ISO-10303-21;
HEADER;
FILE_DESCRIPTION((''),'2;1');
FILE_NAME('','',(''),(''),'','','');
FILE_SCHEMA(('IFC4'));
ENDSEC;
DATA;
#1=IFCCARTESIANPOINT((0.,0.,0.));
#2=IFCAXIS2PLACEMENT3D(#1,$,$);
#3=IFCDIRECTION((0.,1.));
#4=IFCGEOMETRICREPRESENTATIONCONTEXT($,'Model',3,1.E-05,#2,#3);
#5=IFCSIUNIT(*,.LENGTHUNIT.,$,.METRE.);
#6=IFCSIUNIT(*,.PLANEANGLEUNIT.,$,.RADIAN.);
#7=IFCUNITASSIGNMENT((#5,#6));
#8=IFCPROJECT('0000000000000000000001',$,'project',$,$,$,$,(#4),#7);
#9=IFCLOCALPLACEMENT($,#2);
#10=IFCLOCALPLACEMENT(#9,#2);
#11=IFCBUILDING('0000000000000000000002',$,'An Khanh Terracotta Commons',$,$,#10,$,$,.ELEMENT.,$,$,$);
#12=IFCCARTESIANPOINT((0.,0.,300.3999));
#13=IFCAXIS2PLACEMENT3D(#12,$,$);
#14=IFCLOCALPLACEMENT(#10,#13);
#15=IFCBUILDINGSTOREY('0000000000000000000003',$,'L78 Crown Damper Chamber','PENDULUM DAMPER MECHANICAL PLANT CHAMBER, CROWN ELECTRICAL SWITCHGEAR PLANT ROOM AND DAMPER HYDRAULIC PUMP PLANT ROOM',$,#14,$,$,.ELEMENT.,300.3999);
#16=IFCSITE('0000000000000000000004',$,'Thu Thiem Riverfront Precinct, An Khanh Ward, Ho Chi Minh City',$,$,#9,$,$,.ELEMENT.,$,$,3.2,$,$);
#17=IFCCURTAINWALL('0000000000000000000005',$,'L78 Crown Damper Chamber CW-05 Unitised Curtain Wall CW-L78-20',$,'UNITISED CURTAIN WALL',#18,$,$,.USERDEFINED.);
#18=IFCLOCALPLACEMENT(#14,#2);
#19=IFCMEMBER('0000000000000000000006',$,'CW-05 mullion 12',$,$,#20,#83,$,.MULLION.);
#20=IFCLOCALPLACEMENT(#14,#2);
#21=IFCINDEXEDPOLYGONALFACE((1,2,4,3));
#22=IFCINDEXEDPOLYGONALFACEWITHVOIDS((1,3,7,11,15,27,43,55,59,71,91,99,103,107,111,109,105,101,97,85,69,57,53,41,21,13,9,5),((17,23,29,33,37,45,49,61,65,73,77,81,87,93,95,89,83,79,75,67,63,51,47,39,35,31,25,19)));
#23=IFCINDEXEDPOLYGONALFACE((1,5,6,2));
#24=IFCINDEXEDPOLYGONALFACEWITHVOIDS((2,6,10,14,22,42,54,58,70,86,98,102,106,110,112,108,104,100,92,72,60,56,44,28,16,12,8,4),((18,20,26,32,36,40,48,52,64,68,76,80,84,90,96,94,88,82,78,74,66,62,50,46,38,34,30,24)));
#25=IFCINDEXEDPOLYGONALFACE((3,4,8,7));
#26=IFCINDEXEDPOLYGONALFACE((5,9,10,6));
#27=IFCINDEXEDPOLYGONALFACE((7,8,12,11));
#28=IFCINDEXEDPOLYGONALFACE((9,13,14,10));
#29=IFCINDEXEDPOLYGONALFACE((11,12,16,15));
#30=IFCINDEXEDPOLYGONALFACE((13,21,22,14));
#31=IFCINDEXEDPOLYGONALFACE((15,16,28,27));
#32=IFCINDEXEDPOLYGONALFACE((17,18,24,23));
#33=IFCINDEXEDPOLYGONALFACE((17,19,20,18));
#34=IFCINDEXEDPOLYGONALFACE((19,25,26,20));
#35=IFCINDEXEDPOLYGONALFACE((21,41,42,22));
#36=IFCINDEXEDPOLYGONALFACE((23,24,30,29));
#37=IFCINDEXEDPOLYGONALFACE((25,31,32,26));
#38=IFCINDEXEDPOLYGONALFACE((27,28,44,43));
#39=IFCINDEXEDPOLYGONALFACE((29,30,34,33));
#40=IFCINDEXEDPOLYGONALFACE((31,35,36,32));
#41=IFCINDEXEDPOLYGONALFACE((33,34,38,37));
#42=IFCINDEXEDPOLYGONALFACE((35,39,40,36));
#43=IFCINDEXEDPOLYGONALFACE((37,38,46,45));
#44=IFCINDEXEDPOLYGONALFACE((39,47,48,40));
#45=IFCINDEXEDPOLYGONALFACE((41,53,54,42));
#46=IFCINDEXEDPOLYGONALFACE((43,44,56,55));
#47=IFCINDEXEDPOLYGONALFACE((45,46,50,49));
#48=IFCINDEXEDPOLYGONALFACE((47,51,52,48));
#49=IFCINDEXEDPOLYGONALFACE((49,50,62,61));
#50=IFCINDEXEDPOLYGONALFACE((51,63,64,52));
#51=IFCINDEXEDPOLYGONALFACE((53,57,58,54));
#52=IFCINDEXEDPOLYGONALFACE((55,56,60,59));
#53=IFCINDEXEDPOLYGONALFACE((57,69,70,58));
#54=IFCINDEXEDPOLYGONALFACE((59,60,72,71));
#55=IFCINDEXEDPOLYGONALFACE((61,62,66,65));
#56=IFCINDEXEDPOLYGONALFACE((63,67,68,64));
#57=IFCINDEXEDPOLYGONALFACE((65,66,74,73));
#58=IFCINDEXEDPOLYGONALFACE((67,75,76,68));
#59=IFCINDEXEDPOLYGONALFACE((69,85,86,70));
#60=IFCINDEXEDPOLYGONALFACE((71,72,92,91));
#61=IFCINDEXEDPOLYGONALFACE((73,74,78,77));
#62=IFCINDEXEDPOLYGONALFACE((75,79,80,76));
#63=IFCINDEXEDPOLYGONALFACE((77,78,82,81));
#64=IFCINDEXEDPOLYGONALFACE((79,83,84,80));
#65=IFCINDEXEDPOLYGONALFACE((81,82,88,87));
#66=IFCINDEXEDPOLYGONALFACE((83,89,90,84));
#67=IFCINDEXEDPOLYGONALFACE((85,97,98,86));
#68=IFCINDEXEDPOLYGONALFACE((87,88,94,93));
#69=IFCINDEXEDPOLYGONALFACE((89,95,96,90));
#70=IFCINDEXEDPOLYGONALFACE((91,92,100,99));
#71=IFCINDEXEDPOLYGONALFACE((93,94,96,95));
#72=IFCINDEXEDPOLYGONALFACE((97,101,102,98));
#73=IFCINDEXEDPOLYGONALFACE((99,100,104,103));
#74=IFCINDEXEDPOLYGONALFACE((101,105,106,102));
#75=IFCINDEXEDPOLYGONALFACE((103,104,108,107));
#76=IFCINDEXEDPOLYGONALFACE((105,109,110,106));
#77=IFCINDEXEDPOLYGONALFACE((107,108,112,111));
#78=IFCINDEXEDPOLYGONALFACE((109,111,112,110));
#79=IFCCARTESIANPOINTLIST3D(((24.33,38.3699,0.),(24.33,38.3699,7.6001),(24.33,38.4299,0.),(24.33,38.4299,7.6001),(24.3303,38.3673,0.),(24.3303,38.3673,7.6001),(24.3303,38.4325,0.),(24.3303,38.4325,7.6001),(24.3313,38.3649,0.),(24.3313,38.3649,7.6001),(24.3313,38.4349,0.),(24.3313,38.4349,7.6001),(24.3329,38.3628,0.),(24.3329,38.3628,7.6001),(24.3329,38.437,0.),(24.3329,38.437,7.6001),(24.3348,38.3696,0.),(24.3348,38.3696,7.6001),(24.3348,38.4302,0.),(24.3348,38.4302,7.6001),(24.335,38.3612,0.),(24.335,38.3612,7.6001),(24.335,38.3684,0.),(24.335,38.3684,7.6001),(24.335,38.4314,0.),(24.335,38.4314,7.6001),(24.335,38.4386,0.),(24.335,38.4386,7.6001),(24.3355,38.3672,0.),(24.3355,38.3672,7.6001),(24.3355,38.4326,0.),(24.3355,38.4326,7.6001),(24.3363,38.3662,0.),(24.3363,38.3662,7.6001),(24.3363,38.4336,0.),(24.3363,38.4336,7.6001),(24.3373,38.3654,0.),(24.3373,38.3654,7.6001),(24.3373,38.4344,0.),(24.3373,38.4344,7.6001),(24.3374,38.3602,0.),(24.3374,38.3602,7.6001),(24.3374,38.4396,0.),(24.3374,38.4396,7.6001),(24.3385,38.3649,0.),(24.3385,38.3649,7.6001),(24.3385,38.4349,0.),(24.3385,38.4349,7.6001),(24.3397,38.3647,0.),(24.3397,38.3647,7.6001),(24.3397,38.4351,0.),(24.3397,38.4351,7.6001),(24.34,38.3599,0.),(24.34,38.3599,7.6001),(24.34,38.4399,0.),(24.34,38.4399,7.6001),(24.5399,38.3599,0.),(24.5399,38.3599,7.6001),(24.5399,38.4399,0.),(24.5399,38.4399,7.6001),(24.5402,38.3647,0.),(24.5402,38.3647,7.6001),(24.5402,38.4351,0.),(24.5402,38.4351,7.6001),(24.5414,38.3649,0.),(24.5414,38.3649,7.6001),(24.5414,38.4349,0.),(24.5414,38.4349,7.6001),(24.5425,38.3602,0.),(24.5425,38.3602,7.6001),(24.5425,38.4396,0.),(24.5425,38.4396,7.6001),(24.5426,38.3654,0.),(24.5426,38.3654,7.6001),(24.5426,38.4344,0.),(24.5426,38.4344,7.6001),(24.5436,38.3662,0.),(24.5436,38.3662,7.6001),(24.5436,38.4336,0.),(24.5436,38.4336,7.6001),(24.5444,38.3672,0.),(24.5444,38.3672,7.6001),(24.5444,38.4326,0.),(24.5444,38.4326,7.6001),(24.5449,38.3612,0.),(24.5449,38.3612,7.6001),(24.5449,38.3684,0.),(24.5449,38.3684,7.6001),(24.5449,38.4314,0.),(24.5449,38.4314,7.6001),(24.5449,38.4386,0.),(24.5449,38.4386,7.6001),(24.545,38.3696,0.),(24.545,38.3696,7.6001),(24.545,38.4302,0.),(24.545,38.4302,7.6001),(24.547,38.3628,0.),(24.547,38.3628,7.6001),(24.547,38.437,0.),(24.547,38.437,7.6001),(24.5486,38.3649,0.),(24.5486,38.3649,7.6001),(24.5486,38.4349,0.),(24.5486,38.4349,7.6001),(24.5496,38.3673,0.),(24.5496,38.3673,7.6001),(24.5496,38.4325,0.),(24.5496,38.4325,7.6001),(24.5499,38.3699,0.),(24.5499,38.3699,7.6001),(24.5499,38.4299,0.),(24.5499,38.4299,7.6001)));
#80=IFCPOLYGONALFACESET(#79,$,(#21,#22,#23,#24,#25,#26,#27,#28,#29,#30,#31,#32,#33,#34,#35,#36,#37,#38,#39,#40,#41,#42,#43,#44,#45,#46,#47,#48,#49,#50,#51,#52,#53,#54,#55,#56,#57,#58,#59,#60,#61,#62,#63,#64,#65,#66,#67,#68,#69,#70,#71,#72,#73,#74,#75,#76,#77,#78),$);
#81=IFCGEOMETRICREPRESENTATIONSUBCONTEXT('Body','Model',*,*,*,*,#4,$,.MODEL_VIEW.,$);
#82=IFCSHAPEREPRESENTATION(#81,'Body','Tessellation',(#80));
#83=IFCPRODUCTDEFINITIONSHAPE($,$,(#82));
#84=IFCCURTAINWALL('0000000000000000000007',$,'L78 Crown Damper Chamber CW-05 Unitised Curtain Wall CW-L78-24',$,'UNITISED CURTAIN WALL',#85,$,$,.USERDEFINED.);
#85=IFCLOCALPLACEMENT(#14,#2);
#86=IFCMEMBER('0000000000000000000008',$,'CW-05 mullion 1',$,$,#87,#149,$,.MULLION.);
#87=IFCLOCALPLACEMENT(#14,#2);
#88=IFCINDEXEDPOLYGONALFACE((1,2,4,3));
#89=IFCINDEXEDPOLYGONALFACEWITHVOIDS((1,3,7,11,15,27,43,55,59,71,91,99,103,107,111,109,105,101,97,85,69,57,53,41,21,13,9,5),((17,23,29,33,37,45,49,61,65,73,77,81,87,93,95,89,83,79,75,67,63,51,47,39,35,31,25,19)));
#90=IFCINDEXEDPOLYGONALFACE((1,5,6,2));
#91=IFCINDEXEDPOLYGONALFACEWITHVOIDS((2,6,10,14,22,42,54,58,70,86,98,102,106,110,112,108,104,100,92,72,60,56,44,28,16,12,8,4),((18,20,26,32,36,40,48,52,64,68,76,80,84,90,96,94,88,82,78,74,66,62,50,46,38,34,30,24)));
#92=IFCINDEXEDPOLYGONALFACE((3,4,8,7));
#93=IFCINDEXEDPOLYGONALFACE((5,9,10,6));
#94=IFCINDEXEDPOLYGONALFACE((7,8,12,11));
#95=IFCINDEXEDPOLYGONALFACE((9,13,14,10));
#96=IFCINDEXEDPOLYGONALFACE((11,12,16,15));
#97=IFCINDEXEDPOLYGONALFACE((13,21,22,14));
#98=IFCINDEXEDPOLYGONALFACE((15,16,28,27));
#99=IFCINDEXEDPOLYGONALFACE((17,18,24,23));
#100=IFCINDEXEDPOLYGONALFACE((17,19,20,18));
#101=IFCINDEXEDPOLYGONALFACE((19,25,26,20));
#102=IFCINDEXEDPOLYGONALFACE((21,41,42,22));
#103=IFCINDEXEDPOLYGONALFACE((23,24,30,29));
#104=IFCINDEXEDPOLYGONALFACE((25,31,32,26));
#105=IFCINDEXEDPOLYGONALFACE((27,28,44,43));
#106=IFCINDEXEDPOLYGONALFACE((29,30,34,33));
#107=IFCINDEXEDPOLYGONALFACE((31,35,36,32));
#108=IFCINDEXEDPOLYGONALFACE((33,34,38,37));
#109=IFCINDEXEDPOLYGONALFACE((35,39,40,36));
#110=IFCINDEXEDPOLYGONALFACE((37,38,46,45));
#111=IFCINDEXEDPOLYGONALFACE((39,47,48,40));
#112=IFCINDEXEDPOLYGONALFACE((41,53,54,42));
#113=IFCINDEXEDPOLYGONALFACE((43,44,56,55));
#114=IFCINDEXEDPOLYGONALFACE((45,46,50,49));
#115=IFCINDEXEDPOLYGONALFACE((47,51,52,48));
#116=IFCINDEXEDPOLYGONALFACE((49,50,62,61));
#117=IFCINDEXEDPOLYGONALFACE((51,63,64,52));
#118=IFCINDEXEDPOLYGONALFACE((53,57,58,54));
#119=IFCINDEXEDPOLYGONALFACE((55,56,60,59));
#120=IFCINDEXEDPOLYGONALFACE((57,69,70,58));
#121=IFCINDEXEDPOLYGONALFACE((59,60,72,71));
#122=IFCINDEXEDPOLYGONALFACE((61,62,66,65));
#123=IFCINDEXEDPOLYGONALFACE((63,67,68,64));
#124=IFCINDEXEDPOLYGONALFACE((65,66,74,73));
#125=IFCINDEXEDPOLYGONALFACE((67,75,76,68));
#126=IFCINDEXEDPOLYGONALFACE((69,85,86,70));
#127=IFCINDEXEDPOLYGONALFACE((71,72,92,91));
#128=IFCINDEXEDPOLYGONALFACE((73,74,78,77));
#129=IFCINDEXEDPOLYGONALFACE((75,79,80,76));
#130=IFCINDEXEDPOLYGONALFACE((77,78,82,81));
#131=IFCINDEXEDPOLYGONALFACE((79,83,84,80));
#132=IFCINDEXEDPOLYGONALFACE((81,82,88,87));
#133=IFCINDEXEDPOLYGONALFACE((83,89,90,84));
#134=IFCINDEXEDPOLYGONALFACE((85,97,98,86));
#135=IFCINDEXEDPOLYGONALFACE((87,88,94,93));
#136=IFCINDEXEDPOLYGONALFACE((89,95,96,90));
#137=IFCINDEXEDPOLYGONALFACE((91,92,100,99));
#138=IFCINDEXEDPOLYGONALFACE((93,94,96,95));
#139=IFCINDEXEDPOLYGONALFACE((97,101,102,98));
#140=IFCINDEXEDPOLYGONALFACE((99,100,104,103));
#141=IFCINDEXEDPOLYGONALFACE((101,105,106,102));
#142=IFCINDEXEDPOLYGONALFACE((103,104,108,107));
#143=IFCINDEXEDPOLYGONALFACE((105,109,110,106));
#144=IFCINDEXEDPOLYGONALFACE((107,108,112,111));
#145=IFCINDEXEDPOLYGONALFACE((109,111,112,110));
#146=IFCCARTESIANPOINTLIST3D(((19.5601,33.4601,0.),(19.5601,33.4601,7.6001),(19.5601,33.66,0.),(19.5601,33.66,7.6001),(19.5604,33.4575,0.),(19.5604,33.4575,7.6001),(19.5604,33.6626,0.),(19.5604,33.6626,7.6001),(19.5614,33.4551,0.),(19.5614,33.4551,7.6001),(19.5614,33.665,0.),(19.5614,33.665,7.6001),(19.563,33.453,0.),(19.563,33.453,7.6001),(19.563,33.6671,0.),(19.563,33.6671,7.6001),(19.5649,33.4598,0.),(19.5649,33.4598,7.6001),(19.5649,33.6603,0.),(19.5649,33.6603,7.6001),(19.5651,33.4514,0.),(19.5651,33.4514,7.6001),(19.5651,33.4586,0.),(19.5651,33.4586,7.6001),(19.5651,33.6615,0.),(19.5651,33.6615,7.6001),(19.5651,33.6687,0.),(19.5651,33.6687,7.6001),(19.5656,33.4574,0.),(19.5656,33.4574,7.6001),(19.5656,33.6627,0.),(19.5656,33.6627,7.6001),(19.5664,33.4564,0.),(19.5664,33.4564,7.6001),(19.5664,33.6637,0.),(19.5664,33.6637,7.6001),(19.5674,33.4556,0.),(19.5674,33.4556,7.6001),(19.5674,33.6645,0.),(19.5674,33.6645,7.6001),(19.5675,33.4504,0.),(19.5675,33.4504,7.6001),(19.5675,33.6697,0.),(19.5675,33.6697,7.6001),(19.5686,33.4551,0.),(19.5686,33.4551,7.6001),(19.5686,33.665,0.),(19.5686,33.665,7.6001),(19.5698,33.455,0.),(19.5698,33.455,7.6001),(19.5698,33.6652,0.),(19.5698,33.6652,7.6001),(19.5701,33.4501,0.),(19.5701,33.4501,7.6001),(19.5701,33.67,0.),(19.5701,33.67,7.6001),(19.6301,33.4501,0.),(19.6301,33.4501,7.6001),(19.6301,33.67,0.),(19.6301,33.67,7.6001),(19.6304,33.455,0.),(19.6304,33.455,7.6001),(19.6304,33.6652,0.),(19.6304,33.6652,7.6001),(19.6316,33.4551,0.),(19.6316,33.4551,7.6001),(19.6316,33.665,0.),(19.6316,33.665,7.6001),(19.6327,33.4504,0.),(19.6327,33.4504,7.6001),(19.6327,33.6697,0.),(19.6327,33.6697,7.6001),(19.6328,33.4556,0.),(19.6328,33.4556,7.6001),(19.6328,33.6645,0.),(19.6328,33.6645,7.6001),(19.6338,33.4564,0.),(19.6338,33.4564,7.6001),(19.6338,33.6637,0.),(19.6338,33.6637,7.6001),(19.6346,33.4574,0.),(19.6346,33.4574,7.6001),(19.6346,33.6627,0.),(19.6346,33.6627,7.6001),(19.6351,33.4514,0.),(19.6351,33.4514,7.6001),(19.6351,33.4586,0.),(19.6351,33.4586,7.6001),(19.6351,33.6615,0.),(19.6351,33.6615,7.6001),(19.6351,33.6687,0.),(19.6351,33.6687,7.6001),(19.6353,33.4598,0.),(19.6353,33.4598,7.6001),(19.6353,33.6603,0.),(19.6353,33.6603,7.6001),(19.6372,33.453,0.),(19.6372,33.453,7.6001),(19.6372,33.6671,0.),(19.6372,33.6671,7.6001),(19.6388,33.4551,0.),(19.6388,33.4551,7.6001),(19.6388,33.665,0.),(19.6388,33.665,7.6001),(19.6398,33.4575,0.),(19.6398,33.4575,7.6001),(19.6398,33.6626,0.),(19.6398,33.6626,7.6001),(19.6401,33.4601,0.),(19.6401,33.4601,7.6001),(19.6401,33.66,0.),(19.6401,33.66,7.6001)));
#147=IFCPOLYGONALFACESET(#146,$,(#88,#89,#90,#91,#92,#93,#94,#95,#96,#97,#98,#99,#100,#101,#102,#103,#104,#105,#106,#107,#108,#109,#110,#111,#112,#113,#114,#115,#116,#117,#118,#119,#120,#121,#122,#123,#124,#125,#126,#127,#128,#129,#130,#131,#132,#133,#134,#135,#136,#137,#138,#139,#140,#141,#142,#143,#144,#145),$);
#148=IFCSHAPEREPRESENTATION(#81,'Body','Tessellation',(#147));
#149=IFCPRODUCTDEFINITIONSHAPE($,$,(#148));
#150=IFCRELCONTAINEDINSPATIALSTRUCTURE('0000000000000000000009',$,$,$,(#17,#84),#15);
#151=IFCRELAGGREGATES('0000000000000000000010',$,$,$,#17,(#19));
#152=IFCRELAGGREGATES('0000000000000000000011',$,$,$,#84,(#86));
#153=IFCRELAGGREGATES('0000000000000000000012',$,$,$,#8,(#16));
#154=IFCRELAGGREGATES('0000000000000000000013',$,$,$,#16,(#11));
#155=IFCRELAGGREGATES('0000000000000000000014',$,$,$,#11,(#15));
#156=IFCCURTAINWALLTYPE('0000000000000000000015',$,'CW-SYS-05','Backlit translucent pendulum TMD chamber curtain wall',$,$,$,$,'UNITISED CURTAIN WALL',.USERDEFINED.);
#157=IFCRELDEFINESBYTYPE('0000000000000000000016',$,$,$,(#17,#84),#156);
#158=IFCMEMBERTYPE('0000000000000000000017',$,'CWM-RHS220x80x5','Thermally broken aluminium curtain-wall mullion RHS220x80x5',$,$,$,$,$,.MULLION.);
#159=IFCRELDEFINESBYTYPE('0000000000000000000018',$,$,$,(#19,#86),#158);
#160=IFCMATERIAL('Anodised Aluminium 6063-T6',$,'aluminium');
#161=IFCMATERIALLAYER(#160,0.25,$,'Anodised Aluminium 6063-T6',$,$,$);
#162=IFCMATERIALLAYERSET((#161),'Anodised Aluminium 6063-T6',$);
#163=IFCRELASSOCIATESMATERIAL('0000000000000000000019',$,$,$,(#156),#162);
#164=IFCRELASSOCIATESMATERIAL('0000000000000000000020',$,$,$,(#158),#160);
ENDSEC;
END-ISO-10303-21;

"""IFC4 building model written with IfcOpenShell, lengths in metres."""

from ifc_helpers import new_model, si_unit, direction, frame, origin, origin_2d, place, context, subcontext, project, spatial, hollow_rectangle, extrude, material, layer, layer_set, material_profile, profile_set, type_object, element, aggregate, save


model = new_model("IFC4")

# Units and contexts
model_context = context("Model", 3, precision=1e-05, world=origin(), true_north=direction((0.0, 1.0)))
body_context = subcontext(model_context, "Body", "Model", "MODEL_VIEW")
ifc_project = project(units=[si_unit("LENGTHUNIT", "METRE"), si_unit("PLANEANGLEUNIT", "RADIAN")], contexts=[model_context])

# Site, building, storey
site_placement = place(None, origin())
site = spatial("IfcSite", under=ifc_project, at=site_placement, Name="Thu Thiem Riverfront Precinct, An Khanh Ward, Ho Chi Minh City", CompositionType="ELEMENT", RefElevation=3.2)
building_placement = place(site_placement, origin())
building = spatial("IfcBuilding", under=site, at=building_placement, Name="An Khanh Terracotta Commons", CompositionType="ELEMENT")
storey_placement = place(building_placement, frame((0.0, 0.0, 300.3999)))
storey = spatial("IfcBuildingStorey", under=building, at=storey_placement, Name="L78 Crown Damper Chamber", Description="PENDULUM DAMPER MECHANICAL PLANT CHAMBER, CROWN ELECTRICAL SWITCHGEAR PLANT ROOM AND DAMPER HYDRAULIC PUMP PLANT ROOM", CompositionType="ELEMENT", Elevation=300.3999)

# Curtain wall, member
ifc_material_1 = material(Name="Anodised Aluminium 6063-T6", Category="aluminium")
ifc_layer_1 = layer(ifc_material_1, 0.25, Name="Anodised Aluminium 6063-T6")
ifc_layer_set_1 = layer_set([ifc_layer_1], Name="Anodised Aluminium 6063-T6")
curtain_wall_type = type_object("IfcCurtainWallType", Name="CW-SYS-05", Description="Backlit translucent pendulum TMD chamber curtain wall", ElementType="UNITISED CURTAIN WALL", PredefinedType="USERDEFINED", material=ifc_layer_set_1)
curtain_wall_1_placement = place(storey_placement, origin())
curtain_wall_1 = element("IfcCurtainWall", 1, at=curtain_wall_1_placement, inside=storey, type_object=curtain_wall_type, Name="L78 Crown Damper Chamber CW-05 Unitised Curtain Wall CW-L78-20", ObjectType="UNITISED CURTAIN WALL", PredefinedType="USERDEFINED")
ifc_material_profile_1 = material_profile(ifc_material_1, hollow_rectangle(XDim=0.0801, YDim=0.22, WallThickness=0.0049, InnerFilletRadius=0.0049, OuterFilletRadius=0.01, at=origin_2d()), Name="RHS220x80x5")
ifc_profile_set_1 = profile_set([ifc_material_profile_1], Name="Anodised Aluminium 6063-T6")
member_type_1 = type_object("IfcMemberType", Name="CWM-RHS220x80x5", Description="Thermally broken aluminium curtain-wall mullion RHS220x80x5", PredefinedType="MULLION", material=ifc_profile_set_1)
member_1_placement = place(storey_placement, frame((24.4399, 38.3999, 0.0), z_axis=(0.0, 0.0, 1.0), x_axis=(0.0, -1.0, 0.0)))
member_1 = element("IfcMember", 2, at=member_1_placement, type_object=member_type_1, Name="CW-05 mullion 12", PredefinedType="MULLION", context=body_context, shape_type="SweptSolid", body=[
    extrude(hollow_rectangle(XDim=0.0801, YDim=0.22, WallThickness=0.0049, InnerFilletRadius=0.0049, OuterFilletRadius=0.01, at=origin_2d()), origin(), (0.0, 0.0, 1.0), 7.6001),
])

# Curtain wall, member
curtain_wall_2_placement = place(storey_placement, origin())
curtain_wall_2 = element("IfcCurtainWall", 3, at=curtain_wall_2_placement, inside=storey, type_object=curtain_wall_type, Name="L78 Crown Damper Chamber CW-05 Unitised Curtain Wall CW-L78-24", ObjectType="UNITISED CURTAIN WALL", PredefinedType="USERDEFINED")
member_2_placement = place(storey_placement, frame((19.6001, 33.5601, 0.0), z_axis=(0.0, 0.0, 1.0), x_axis=(1.0, 0.0, 0.0)))
member_2 = element("IfcMember", 4, at=member_2_placement, type_object=member_type_1, Name="CW-05 mullion 1", PredefinedType="MULLION", context=body_context, shape_type="SweptSolid", body=[
    extrude(hollow_rectangle(XDim=0.0801, YDim=0.22, WallThickness=0.0049, InnerFilletRadius=0.0049, OuterFilletRadius=0.01, at=origin_2d()), origin(), (0.0, 0.0, 1.0), 7.6001),
])

aggregate(curtain_wall_1, [member_1])
aggregate(curtain_wall_2, [member_2])

save(model, "model.ifc")
